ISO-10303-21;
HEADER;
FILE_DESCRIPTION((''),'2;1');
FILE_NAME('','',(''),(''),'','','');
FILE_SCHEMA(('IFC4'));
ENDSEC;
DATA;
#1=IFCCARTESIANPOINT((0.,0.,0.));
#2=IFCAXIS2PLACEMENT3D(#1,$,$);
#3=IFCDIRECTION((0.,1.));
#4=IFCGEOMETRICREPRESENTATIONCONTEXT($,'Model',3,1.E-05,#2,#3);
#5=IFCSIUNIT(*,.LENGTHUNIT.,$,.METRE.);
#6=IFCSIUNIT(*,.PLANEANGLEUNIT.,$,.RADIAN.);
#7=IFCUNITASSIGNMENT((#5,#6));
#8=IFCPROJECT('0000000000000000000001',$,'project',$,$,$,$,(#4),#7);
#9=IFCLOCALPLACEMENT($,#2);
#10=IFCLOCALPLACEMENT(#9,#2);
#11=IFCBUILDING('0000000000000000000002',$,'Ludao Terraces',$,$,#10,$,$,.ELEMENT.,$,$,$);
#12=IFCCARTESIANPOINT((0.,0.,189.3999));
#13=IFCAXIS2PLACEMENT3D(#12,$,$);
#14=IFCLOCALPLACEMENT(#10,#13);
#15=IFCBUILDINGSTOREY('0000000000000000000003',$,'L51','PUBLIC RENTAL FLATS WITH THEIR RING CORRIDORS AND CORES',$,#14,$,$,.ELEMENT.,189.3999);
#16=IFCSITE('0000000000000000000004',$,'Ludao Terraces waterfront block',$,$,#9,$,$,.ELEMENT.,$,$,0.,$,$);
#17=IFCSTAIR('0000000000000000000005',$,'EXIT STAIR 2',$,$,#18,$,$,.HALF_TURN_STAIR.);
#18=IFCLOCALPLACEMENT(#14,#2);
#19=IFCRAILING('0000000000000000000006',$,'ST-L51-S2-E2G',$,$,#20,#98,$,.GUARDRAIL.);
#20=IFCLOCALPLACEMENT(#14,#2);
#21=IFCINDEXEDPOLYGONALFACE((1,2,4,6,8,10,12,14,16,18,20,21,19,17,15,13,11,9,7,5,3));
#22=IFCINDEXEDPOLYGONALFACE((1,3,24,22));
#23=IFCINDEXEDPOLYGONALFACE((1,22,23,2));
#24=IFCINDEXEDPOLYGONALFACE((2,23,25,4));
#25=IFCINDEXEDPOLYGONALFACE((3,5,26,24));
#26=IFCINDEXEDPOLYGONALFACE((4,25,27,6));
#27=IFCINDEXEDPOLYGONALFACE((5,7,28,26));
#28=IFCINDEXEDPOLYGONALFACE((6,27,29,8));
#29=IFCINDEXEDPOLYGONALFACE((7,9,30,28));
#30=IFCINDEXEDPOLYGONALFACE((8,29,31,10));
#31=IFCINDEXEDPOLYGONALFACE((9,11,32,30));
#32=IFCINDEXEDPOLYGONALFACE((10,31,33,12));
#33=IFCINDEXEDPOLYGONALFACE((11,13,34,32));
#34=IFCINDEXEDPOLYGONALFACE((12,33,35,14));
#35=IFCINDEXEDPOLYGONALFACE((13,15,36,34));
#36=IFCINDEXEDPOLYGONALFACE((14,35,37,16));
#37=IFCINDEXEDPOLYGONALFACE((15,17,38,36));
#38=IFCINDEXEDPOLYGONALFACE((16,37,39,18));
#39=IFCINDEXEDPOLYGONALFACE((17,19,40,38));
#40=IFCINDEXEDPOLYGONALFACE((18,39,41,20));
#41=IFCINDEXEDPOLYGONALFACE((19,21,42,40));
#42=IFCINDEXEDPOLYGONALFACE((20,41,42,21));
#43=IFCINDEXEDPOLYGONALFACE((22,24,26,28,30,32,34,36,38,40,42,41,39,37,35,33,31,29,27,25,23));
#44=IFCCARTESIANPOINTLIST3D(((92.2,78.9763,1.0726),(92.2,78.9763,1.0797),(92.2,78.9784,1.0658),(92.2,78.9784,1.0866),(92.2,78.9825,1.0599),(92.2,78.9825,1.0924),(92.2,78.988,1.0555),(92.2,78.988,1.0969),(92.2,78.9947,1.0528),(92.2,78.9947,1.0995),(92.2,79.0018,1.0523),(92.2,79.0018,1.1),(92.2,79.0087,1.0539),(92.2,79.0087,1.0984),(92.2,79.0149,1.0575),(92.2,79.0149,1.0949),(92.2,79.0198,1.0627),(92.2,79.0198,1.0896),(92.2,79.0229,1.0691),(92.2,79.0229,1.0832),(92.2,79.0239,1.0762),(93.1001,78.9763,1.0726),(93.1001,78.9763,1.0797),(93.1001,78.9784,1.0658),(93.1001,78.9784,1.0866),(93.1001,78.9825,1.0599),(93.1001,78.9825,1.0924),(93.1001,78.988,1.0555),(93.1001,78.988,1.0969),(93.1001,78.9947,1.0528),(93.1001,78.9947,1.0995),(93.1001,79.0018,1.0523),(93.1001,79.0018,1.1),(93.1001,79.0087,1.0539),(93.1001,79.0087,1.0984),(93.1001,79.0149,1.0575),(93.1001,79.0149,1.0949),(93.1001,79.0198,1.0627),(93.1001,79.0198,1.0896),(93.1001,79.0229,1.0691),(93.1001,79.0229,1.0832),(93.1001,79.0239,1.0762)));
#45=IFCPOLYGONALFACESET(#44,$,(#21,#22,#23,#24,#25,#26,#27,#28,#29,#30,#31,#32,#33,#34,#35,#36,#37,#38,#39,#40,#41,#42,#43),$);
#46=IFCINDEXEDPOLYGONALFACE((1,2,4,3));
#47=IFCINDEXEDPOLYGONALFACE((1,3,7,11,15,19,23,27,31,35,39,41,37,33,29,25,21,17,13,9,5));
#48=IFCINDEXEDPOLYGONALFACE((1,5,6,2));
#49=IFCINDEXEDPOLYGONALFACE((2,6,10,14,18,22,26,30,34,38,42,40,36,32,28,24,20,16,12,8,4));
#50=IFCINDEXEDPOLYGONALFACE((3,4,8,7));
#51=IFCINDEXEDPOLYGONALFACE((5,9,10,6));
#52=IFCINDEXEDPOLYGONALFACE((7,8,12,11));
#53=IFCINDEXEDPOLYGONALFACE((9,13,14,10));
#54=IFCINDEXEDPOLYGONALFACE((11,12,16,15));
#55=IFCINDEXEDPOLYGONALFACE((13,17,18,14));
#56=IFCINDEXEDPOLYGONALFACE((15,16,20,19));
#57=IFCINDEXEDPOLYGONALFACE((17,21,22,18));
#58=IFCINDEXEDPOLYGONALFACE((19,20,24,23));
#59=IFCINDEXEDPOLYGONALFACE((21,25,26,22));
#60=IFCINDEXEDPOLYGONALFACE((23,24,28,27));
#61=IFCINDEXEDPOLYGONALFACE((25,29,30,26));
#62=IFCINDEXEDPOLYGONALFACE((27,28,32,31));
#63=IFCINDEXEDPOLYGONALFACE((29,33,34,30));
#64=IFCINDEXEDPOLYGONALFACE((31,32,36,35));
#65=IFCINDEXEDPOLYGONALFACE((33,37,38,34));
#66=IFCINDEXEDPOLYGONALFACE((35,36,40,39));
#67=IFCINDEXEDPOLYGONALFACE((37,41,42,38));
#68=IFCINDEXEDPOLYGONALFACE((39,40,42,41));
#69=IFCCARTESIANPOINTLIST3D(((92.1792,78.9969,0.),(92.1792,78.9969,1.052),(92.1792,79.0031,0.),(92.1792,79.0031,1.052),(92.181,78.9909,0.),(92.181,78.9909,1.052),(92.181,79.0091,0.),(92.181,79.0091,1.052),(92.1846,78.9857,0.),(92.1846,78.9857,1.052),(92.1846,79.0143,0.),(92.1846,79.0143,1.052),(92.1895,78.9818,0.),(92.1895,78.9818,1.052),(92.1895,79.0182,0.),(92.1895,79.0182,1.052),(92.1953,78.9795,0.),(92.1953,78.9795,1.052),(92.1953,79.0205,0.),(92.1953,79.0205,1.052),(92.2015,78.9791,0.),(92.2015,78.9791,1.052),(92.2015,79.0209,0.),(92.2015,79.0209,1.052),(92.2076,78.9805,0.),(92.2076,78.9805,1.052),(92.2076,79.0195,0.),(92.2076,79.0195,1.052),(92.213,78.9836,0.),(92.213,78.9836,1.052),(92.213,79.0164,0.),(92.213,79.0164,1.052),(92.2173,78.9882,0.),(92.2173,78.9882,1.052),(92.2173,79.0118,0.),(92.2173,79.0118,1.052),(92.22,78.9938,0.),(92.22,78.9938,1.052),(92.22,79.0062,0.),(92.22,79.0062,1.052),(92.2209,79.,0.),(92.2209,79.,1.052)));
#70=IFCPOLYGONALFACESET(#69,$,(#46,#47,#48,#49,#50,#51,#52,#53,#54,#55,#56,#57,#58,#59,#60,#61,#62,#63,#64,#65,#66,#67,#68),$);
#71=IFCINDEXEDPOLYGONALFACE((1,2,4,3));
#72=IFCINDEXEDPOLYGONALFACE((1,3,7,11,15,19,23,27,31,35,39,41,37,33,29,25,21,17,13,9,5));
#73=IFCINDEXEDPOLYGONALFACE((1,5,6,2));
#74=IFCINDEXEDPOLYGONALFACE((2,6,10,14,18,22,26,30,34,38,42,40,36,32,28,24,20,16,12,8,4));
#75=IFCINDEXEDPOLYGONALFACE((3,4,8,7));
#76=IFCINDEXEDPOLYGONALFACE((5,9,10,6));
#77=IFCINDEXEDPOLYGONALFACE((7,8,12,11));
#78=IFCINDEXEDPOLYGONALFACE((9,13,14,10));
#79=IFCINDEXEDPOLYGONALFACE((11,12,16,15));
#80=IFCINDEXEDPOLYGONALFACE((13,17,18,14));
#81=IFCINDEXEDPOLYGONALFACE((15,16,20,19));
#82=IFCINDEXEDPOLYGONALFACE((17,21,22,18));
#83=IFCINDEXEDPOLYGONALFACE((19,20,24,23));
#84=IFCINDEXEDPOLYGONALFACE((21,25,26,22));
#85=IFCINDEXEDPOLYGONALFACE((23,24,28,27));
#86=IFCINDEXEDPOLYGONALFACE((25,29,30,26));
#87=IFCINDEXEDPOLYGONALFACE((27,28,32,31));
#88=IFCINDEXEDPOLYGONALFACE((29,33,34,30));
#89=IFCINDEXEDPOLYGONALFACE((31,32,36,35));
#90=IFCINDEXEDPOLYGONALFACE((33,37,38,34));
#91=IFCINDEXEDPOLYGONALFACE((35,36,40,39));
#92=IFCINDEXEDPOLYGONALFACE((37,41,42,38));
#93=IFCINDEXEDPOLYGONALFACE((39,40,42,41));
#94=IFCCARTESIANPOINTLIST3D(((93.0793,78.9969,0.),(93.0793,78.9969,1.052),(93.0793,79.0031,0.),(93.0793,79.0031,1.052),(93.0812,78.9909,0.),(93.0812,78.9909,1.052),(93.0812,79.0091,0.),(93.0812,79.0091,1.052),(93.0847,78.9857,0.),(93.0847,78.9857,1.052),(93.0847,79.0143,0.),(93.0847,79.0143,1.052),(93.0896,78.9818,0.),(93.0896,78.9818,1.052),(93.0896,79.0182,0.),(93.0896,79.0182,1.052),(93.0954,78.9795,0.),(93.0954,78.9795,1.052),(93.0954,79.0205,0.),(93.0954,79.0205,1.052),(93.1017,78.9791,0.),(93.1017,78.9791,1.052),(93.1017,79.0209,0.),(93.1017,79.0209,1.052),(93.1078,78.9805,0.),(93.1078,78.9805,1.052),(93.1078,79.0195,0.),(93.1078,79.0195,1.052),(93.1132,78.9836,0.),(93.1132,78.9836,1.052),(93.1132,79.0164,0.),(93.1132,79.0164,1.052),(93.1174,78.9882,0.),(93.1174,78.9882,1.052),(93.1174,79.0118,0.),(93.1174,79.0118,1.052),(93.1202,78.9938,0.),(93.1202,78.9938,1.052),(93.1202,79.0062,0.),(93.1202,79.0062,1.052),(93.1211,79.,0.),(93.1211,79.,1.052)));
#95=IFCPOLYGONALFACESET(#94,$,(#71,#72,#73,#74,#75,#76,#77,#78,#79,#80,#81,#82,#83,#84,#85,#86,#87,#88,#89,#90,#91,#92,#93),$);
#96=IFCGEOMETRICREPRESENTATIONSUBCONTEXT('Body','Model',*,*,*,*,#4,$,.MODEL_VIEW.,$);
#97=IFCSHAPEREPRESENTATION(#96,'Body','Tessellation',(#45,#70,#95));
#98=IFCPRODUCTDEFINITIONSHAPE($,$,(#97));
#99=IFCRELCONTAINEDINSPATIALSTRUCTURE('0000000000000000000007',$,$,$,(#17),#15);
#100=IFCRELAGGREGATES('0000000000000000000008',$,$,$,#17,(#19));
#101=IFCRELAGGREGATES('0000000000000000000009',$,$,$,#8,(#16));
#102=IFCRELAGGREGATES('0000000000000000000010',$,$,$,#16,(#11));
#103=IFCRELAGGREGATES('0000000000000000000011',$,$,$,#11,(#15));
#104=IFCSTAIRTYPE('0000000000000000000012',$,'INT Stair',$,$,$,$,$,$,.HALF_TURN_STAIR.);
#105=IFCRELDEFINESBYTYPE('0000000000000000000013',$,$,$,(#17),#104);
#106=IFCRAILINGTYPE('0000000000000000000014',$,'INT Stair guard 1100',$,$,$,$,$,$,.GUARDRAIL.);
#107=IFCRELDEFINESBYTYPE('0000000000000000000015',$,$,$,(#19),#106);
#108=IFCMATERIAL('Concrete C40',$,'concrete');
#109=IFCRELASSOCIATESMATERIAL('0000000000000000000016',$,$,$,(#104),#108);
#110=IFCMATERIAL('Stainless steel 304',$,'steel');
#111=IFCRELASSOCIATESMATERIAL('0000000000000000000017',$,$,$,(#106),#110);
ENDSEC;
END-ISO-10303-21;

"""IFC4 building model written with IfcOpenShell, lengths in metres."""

from ifc_helpers import new_model, si_unit, direction, frame, origin, origin_2d, place, context, subcontext, project, spatial, circle, extrude, material, type_object, element, aggregate, save


model = new_model("IFC4")

# Units and contexts
model_context = context("Model", 3, precision=1e-05, world=origin(), true_north=direction((0.0, 1.0)))
body_context = subcontext(model_context, "Body", "Model", "MODEL_VIEW")
ifc_project = project(units=[si_unit("LENGTHUNIT", "METRE"), si_unit("PLANEANGLEUNIT", "RADIAN")], contexts=[model_context])

# Site, building, storey
site_placement = place(None, origin())
site = spatial("IfcSite", under=ifc_project, at=site_placement, Name="Ludao Terraces waterfront block", CompositionType="ELEMENT", RefElevation=0.0)
building_placement = place(site_placement, origin())
building = spatial("IfcBuilding", under=site, at=building_placement, Name="Ludao Terraces", CompositionType="ELEMENT")
storey_placement = place(building_placement, frame((0.0, 0.0, 189.3999)))
storey = spatial("IfcBuildingStorey", under=building, at=storey_placement, Name="L51", Description="PUBLIC RENTAL FLATS WITH THEIR RING CORRIDORS AND CORES", CompositionType="ELEMENT", Elevation=189.3999)

# Shared definitions
ifc_material_1 = material(Name="Concrete C40", Category="concrete")

# Shared definitions
ifc_material_2 = material(Name="Stainless steel 304", Category="steel")

# Stair, railing
stair_type = type_object("IfcStairType", Name="INT Stair", PredefinedType="HALF_TURN_STAIR", material=ifc_material_1)
stair_placement = place(storey_placement, origin())
stair = element("IfcStair", 1, at=stair_placement, inside=storey, type_object=stair_type, Name="EXIT STAIR 2", PredefinedType="HALF_TURN_STAIR")
railing_type_1 = type_object("IfcRailingType", Name="INT Stair guard 1100", PredefinedType="GUARDRAIL", material=ifc_material_2)
railing_1_placement = place(storey_placement, frame((92.2, 79.0, 0.0)))
railing_1 = element("IfcRailing", 2, at=railing_1_placement, type_object=railing_type_1, Name="ST-L51-S2-E2G", PredefinedType="GUARDRAIL", context=body_context, shape_type="SweptSolid", body=[
    extrude(circle(Radius=0.0239, at=origin_2d()), frame((0.0, 0.0, 1.0762), z_axis=(1.0, 0.0, 0.0), x_axis=(0.0, 1.0, 0.0)), (0.0, 0.0, 1.0), 0.9001),
    extrude(circle(Radius=0.021, at=origin_2d()), origin(), (0.0, 0.0, 1.0), 1.052),
    extrude(circle(Radius=0.021, at=origin_2d()), frame((0.9001, 0.0, 0.0)), (0.0, 0.0, 1.0), 1.052),
])
aggregate(stair, [railing_1])

save(model, "model.ifc")
